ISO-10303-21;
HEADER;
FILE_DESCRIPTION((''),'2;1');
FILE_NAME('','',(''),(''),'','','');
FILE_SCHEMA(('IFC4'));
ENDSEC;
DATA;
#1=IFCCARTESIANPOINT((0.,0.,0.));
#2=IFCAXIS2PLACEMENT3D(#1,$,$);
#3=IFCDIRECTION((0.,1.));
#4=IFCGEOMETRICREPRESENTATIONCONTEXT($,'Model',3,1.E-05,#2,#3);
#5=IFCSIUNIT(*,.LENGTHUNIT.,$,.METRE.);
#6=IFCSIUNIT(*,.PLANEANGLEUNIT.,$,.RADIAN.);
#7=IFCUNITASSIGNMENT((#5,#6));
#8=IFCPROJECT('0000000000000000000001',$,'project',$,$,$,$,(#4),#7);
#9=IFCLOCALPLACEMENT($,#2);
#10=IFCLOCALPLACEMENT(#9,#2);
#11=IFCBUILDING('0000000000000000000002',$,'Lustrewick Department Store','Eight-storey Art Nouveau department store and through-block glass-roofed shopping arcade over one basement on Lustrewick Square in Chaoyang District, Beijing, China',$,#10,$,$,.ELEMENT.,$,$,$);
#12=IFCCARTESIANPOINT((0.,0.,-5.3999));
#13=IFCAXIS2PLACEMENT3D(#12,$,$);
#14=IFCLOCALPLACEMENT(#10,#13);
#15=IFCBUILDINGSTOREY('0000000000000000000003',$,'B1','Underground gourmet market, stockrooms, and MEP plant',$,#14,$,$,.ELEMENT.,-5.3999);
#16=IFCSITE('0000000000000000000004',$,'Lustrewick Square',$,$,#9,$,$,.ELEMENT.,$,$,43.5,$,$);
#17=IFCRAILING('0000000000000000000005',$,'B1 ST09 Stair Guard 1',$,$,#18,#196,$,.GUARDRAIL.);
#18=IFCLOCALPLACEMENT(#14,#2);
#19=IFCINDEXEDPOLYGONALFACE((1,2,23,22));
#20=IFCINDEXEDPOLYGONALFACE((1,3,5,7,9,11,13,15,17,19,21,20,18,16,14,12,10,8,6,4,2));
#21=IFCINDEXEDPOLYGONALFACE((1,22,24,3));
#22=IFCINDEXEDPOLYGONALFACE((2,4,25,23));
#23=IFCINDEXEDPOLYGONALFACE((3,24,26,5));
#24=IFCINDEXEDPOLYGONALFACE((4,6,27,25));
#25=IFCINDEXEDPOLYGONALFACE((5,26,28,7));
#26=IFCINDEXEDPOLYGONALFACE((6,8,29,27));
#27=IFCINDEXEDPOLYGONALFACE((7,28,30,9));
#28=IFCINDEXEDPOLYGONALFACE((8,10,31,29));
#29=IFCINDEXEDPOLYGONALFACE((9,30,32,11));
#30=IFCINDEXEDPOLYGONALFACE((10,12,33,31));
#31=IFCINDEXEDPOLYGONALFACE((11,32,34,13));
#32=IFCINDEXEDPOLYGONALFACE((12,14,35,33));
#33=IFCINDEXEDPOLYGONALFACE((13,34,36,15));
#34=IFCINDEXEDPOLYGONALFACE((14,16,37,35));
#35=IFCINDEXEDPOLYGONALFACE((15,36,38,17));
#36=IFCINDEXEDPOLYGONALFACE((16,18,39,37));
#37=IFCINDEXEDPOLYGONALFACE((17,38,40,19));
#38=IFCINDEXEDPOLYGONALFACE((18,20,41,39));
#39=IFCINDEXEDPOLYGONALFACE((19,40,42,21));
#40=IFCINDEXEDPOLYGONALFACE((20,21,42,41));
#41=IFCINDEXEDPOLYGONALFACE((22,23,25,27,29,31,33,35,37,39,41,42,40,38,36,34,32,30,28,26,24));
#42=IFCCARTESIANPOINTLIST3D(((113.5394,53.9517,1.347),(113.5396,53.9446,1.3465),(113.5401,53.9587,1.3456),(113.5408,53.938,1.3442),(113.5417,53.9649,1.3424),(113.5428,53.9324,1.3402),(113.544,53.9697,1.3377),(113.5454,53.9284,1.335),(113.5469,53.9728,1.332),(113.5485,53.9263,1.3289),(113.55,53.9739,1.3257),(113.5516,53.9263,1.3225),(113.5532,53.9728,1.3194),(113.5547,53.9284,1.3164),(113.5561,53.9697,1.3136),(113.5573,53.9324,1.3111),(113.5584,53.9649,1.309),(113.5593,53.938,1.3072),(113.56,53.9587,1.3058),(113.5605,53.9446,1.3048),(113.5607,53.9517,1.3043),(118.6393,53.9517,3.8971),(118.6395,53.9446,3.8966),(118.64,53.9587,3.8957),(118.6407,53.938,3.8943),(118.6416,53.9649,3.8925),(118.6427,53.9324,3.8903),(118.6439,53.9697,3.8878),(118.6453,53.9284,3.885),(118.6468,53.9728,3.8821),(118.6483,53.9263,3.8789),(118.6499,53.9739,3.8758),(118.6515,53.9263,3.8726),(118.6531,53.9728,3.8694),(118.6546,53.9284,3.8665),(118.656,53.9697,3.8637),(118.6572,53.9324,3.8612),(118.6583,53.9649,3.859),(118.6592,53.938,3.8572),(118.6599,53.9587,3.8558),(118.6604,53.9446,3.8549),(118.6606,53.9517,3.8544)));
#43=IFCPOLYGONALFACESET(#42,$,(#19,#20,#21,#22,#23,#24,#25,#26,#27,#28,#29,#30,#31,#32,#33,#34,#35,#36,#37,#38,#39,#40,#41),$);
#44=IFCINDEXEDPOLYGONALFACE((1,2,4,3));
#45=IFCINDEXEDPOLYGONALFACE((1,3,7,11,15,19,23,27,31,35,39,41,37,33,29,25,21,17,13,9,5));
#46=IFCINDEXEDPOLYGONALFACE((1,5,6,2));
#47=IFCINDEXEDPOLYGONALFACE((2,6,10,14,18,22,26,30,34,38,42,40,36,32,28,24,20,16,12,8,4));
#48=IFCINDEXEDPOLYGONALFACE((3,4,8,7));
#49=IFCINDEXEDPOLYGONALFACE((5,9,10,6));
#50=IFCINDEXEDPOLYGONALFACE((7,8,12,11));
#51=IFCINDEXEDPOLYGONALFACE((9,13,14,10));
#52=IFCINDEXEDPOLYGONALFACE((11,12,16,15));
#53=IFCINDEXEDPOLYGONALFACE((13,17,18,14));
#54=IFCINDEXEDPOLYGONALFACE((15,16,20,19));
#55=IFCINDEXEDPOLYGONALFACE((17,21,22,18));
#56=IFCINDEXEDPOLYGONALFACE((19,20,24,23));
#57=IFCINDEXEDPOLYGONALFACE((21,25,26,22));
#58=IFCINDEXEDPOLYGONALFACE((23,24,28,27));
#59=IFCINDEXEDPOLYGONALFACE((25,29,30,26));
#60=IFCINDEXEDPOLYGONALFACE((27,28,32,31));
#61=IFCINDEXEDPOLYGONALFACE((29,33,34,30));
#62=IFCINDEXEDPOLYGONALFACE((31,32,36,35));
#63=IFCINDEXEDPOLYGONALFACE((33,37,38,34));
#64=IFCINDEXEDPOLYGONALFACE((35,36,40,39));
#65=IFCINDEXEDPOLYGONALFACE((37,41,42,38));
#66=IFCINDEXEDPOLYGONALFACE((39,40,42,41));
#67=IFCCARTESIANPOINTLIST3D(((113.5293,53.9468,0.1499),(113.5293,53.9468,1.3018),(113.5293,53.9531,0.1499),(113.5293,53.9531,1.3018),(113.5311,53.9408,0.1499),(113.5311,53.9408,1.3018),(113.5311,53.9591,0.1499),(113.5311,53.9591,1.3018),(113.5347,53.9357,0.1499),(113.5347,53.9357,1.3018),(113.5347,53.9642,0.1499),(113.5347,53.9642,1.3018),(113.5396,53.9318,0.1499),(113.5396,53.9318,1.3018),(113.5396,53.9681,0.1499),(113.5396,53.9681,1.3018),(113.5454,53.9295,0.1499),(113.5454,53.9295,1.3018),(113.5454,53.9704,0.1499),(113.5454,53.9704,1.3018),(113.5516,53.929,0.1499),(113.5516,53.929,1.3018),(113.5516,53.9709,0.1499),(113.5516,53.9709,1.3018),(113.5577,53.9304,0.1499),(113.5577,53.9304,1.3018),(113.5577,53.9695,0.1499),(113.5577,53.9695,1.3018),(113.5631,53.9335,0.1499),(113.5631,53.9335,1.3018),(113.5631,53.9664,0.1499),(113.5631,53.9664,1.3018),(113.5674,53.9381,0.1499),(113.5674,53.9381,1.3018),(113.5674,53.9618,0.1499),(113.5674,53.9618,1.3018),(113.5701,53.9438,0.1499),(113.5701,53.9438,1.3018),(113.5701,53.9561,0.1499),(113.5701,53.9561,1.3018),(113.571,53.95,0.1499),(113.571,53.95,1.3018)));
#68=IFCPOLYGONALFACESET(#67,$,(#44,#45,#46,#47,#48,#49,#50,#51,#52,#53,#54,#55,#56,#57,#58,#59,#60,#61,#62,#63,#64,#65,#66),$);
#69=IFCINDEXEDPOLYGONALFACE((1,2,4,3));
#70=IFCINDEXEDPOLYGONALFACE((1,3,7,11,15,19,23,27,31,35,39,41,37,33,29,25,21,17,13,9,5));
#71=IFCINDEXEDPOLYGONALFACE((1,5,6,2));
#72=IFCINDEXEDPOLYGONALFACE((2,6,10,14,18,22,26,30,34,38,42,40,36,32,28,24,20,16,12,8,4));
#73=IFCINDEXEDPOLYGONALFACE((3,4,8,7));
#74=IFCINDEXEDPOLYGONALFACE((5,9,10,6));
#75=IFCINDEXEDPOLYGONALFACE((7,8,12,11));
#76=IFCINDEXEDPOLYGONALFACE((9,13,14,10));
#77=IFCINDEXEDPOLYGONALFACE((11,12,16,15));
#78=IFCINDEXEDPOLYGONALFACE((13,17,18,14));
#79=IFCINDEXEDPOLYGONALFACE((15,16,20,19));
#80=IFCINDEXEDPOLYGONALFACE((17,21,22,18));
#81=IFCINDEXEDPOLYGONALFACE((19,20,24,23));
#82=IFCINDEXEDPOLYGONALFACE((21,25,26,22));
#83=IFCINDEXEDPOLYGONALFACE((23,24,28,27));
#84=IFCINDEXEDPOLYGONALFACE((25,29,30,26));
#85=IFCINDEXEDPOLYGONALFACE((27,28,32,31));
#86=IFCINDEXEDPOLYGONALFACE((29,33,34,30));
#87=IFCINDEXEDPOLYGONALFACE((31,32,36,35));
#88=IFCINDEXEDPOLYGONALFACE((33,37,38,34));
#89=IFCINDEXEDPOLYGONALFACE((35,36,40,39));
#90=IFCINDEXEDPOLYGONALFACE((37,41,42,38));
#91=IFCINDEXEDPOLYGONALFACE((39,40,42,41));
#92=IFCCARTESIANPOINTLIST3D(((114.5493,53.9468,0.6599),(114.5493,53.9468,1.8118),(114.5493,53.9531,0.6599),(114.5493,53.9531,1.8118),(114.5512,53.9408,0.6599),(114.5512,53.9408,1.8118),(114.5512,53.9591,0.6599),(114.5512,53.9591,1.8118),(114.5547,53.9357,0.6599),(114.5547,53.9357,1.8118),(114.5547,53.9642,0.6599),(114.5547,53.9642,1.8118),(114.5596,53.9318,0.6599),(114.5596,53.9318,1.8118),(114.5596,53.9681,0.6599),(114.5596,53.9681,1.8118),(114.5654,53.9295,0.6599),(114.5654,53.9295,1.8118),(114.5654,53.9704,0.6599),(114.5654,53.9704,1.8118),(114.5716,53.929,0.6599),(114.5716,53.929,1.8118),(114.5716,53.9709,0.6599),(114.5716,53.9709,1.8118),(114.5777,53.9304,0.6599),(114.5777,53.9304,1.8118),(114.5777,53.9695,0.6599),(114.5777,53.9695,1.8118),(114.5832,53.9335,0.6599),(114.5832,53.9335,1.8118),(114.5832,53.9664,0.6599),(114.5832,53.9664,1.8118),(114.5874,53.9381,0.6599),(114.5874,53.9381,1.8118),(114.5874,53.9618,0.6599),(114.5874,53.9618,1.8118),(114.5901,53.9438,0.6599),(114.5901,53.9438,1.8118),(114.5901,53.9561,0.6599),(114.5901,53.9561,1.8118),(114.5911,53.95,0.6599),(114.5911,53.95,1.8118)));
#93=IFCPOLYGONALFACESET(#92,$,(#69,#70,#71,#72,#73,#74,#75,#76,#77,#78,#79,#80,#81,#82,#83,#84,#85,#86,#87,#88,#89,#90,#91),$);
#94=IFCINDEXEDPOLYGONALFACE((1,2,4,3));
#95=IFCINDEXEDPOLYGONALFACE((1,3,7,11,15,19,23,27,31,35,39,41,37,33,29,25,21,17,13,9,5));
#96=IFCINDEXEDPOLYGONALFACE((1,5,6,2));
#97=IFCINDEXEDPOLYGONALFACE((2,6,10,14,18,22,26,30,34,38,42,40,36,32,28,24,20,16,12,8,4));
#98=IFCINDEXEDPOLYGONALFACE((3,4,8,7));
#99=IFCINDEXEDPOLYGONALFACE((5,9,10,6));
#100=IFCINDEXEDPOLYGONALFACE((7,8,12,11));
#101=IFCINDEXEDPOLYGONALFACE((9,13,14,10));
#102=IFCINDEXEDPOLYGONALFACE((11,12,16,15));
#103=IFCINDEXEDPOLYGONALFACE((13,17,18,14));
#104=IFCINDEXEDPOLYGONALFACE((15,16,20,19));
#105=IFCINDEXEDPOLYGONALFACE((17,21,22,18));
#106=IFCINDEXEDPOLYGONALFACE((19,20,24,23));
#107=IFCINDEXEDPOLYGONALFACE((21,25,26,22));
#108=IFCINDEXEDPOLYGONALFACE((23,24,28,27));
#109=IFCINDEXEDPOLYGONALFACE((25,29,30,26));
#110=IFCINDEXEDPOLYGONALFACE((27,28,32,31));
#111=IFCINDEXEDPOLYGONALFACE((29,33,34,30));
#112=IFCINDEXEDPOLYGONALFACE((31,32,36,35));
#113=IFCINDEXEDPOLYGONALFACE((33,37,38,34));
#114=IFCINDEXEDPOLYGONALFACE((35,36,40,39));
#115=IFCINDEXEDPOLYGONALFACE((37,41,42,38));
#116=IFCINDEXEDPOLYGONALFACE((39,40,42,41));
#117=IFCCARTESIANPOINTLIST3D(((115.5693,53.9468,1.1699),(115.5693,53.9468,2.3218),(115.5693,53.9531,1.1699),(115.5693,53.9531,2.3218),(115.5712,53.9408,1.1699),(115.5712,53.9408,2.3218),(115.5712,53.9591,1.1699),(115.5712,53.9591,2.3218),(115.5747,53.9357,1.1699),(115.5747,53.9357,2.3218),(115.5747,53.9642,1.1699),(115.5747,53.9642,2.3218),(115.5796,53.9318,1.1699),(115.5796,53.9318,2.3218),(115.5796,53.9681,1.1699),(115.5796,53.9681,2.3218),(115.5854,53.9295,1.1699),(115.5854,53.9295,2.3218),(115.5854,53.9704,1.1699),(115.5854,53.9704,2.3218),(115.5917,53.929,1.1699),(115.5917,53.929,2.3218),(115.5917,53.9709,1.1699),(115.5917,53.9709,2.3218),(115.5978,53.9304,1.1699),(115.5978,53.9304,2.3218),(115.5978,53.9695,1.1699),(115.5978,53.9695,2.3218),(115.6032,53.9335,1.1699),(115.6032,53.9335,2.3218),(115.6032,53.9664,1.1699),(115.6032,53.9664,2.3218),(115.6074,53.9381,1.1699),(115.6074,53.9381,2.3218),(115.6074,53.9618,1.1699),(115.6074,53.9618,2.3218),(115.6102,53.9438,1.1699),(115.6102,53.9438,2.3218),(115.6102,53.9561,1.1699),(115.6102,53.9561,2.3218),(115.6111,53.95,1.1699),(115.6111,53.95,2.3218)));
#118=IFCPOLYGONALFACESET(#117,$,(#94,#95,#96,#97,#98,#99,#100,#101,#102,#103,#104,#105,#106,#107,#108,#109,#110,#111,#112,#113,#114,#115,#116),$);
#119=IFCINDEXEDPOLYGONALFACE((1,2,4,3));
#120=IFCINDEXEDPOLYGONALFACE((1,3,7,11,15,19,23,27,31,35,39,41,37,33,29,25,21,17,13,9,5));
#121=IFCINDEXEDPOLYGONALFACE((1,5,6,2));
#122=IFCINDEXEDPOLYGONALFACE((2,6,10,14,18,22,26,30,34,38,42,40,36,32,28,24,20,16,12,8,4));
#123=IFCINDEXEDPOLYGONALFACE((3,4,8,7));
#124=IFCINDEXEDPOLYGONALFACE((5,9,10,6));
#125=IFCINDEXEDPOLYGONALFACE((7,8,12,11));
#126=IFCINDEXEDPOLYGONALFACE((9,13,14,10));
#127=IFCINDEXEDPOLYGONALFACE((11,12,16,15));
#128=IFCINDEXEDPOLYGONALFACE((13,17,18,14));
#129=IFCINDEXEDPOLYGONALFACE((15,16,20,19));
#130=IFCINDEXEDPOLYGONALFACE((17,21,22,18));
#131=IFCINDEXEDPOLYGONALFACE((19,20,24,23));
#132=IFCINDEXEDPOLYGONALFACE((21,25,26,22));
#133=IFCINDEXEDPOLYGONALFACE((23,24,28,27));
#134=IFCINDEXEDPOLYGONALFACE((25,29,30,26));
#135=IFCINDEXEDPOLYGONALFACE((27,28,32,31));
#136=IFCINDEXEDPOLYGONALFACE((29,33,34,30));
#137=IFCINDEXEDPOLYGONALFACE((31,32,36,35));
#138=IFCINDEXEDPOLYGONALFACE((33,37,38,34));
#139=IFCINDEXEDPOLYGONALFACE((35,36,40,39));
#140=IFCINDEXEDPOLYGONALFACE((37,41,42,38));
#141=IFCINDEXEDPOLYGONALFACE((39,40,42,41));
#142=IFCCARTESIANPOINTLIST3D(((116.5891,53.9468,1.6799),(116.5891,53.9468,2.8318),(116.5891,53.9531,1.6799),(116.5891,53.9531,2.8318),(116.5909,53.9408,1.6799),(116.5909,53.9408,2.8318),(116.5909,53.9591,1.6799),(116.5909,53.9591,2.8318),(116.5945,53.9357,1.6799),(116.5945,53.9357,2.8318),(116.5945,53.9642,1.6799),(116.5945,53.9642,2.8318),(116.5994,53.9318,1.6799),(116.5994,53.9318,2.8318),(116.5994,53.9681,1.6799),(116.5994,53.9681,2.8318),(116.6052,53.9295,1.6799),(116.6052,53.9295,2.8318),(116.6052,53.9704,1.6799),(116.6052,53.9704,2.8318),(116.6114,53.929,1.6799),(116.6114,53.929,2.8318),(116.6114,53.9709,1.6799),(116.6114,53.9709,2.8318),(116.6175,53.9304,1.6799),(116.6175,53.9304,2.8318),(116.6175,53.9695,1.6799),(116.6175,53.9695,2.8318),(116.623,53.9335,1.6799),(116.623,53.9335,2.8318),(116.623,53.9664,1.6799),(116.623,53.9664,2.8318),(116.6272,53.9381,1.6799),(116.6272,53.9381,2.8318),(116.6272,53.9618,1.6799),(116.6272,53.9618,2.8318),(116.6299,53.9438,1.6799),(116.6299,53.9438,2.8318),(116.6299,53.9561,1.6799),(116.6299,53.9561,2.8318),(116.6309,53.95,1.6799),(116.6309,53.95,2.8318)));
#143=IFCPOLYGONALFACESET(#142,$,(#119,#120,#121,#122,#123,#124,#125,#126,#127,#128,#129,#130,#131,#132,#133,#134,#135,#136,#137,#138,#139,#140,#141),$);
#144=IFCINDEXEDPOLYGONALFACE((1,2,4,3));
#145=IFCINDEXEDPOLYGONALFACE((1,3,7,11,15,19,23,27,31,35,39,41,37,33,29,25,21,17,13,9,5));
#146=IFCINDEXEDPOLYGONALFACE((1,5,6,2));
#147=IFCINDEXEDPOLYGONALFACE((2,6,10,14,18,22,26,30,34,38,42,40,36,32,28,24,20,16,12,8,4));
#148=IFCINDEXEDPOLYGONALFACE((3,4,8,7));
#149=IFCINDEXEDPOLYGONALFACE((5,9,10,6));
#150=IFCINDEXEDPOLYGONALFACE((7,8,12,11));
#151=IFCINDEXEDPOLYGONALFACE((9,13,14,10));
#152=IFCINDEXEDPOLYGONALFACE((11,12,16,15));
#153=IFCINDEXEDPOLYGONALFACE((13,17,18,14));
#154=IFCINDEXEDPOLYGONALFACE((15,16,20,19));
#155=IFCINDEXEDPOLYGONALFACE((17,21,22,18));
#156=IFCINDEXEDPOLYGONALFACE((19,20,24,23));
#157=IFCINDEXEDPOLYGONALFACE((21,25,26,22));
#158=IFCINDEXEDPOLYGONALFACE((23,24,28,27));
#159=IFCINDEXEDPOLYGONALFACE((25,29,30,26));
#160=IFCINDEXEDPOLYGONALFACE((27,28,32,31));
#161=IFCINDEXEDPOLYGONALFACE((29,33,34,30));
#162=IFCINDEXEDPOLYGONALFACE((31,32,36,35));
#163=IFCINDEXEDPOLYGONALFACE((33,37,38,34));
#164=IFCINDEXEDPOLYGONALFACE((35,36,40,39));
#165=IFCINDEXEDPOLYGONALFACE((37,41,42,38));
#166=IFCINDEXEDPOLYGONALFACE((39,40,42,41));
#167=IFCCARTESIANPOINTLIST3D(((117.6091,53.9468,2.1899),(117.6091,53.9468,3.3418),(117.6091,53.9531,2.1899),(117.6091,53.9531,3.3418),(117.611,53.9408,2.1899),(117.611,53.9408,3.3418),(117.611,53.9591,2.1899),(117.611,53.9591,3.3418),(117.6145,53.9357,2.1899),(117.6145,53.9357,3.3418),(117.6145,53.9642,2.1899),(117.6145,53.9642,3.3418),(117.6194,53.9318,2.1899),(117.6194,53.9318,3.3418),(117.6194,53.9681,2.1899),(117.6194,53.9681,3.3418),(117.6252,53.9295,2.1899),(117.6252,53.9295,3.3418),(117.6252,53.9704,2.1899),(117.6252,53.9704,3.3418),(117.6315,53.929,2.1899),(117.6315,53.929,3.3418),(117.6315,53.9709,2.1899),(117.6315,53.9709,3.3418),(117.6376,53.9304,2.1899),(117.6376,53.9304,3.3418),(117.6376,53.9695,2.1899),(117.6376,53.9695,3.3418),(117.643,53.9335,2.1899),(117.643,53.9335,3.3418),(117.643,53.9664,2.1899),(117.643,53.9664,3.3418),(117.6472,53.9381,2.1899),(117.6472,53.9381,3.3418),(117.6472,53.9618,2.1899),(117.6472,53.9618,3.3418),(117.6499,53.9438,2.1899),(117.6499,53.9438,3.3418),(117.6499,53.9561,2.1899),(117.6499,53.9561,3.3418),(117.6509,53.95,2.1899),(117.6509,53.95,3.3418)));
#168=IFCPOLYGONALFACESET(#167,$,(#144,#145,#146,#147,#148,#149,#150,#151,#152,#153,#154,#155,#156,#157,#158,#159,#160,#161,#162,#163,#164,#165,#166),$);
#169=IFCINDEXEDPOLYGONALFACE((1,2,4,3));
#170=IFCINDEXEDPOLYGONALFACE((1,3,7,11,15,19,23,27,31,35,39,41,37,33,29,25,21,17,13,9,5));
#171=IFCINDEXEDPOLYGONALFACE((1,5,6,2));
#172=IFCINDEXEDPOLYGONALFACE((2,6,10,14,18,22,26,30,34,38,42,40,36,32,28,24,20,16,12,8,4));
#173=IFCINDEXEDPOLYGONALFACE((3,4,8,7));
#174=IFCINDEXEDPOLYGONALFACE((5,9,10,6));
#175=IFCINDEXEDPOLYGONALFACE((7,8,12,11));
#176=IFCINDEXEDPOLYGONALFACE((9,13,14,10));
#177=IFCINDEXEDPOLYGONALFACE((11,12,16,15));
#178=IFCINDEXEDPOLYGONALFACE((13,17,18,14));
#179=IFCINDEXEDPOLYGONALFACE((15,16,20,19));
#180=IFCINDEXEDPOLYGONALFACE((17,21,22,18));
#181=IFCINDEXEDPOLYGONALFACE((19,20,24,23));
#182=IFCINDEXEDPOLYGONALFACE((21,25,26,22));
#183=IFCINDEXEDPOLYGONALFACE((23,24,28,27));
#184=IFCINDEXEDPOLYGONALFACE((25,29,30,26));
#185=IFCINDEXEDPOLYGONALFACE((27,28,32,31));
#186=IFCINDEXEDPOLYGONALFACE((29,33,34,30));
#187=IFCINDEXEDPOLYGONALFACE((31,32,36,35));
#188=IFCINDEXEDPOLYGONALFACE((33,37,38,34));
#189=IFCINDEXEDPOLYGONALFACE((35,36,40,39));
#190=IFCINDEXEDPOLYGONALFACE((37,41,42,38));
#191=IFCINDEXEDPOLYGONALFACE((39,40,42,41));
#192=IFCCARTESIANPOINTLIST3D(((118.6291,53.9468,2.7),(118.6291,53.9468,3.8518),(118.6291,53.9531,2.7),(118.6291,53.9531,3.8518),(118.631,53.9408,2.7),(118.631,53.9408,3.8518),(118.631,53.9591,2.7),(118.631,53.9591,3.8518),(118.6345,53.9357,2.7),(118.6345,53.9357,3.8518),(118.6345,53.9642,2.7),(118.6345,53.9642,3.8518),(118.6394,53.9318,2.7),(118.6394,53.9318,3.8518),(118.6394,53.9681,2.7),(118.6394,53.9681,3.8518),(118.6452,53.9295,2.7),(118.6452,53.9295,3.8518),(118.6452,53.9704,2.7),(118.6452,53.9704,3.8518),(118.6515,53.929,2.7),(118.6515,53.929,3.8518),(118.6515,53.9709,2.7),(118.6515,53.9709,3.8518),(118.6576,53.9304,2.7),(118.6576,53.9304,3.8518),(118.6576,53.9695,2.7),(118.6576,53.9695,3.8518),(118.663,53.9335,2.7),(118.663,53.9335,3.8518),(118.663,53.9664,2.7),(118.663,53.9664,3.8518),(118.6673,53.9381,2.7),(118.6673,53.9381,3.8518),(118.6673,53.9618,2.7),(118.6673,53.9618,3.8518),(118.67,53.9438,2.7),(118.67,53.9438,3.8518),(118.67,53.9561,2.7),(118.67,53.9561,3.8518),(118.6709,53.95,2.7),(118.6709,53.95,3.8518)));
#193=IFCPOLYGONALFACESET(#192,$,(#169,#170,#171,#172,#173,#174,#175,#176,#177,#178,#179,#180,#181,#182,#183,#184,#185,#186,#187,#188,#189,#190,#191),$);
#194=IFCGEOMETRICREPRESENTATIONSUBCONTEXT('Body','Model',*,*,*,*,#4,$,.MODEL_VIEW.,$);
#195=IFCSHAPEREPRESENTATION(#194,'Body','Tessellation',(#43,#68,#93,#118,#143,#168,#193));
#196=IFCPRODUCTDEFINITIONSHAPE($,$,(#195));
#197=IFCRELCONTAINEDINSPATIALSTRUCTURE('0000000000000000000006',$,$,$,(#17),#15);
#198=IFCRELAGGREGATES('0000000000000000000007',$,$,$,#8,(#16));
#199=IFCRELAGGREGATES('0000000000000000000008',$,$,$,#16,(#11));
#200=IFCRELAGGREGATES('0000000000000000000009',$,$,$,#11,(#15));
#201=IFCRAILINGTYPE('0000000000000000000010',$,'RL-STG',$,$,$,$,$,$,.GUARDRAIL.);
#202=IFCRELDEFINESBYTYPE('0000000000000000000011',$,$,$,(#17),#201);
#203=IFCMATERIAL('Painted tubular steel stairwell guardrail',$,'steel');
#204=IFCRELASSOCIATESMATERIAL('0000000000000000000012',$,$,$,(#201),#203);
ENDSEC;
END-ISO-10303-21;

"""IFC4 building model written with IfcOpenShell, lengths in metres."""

from ifc_helpers import new_model, si_unit, direction, frame, origin, origin_2d, place, context, subcontext, project, spatial, circle, extrude, material, type_object, element, save


model = new_model("IFC4")

# Units and contexts
model_context = context("Model", 3, precision=1e-05, world=origin(), true_north=direction((0.0, 1.0)))
body_context = subcontext(model_context, "Body", "Model", "MODEL_VIEW")
ifc_project = project(units=[si_unit("LENGTHUNIT", "METRE"), si_unit("PLANEANGLEUNIT", "RADIAN")], contexts=[model_context])

# Site, building, storey
site_placement = place(None, origin())
site = spatial("IfcSite", under=ifc_project, at=site_placement, Name="Lustrewick Square", CompositionType="ELEMENT", RefElevation=43.5)
building_placement = place(site_placement, origin())
building = spatial("IfcBuilding", under=site, at=building_placement, Name="Lustrewick Department Store", Description="Eight-storey Art Nouveau department store and through-block glass-roofed shopping arcade over one basement on Lustrewick Square in Chaoyang District, Beijing, China", CompositionType="ELEMENT")
storey_placement = place(building_placement, frame((0.0, 0.0, -5.3999)))
storey = spatial("IfcBuildingStorey", under=building, at=storey_placement, Name="B1", Description="Underground gourmet market, stockrooms, and MEP plant", CompositionType="ELEMENT", Elevation=-5.3999)

# Railing
ifc_material_1 = material(Name="Painted tubular steel stairwell guardrail", Category="steel")
railing_type_1 = type_object("IfcRailingType", Name="RL-STG", PredefinedType="GUARDRAIL", material=ifc_material_1)
railing_1_placement = place(storey_placement, frame((113.55, 53.95, 0.1499)))
element("IfcRailing", 1, at=railing_1_placement, inside=storey, type_object=railing_type_1, Name="B1 ST09 Stair Guard 1", PredefinedType="GUARDRAIL", context=body_context, shape_type="SweptSolid", body=[
    extrude(circle(Radius=0.0239, at=origin_2d()), frame((0.0, 0.0, 1.1758), z_axis=(0.894419, 0.0, 0.447231), x_axis=(0.0, 1.0, 0.0)), (0.0, 0.0, 1.0), 5.7019),
    extrude(circle(Radius=0.021, at=origin_2d()), origin(), (0.0, 0.0, 1.0), 1.1519),
    extrude(circle(Radius=0.021, at=origin_2d()), frame((1.02, 0.0, 0.51)), (0.0, 0.0, 1.0), 1.1519),
    extrude(circle(Radius=0.021, at=origin_2d()), frame((2.04, 0.0, 1.02)), (0.0, 0.0, 1.0), 1.1519),
    extrude(circle(Radius=0.021, at=origin_2d()), frame((3.0598, 0.0, 1.53)), (0.0, 0.0, 1.0), 1.1519),
    extrude(circle(Radius=0.021, at=origin_2d()), frame((4.0798, 0.0, 2.04)), (0.0, 0.0, 1.0), 1.1519),
    extrude(circle(Radius=0.021, at=origin_2d()), frame((5.0999, 0.0, 2.55)), (0.0, 0.0, 1.0), 1.1519),
])

save(model, "model.ifc")
